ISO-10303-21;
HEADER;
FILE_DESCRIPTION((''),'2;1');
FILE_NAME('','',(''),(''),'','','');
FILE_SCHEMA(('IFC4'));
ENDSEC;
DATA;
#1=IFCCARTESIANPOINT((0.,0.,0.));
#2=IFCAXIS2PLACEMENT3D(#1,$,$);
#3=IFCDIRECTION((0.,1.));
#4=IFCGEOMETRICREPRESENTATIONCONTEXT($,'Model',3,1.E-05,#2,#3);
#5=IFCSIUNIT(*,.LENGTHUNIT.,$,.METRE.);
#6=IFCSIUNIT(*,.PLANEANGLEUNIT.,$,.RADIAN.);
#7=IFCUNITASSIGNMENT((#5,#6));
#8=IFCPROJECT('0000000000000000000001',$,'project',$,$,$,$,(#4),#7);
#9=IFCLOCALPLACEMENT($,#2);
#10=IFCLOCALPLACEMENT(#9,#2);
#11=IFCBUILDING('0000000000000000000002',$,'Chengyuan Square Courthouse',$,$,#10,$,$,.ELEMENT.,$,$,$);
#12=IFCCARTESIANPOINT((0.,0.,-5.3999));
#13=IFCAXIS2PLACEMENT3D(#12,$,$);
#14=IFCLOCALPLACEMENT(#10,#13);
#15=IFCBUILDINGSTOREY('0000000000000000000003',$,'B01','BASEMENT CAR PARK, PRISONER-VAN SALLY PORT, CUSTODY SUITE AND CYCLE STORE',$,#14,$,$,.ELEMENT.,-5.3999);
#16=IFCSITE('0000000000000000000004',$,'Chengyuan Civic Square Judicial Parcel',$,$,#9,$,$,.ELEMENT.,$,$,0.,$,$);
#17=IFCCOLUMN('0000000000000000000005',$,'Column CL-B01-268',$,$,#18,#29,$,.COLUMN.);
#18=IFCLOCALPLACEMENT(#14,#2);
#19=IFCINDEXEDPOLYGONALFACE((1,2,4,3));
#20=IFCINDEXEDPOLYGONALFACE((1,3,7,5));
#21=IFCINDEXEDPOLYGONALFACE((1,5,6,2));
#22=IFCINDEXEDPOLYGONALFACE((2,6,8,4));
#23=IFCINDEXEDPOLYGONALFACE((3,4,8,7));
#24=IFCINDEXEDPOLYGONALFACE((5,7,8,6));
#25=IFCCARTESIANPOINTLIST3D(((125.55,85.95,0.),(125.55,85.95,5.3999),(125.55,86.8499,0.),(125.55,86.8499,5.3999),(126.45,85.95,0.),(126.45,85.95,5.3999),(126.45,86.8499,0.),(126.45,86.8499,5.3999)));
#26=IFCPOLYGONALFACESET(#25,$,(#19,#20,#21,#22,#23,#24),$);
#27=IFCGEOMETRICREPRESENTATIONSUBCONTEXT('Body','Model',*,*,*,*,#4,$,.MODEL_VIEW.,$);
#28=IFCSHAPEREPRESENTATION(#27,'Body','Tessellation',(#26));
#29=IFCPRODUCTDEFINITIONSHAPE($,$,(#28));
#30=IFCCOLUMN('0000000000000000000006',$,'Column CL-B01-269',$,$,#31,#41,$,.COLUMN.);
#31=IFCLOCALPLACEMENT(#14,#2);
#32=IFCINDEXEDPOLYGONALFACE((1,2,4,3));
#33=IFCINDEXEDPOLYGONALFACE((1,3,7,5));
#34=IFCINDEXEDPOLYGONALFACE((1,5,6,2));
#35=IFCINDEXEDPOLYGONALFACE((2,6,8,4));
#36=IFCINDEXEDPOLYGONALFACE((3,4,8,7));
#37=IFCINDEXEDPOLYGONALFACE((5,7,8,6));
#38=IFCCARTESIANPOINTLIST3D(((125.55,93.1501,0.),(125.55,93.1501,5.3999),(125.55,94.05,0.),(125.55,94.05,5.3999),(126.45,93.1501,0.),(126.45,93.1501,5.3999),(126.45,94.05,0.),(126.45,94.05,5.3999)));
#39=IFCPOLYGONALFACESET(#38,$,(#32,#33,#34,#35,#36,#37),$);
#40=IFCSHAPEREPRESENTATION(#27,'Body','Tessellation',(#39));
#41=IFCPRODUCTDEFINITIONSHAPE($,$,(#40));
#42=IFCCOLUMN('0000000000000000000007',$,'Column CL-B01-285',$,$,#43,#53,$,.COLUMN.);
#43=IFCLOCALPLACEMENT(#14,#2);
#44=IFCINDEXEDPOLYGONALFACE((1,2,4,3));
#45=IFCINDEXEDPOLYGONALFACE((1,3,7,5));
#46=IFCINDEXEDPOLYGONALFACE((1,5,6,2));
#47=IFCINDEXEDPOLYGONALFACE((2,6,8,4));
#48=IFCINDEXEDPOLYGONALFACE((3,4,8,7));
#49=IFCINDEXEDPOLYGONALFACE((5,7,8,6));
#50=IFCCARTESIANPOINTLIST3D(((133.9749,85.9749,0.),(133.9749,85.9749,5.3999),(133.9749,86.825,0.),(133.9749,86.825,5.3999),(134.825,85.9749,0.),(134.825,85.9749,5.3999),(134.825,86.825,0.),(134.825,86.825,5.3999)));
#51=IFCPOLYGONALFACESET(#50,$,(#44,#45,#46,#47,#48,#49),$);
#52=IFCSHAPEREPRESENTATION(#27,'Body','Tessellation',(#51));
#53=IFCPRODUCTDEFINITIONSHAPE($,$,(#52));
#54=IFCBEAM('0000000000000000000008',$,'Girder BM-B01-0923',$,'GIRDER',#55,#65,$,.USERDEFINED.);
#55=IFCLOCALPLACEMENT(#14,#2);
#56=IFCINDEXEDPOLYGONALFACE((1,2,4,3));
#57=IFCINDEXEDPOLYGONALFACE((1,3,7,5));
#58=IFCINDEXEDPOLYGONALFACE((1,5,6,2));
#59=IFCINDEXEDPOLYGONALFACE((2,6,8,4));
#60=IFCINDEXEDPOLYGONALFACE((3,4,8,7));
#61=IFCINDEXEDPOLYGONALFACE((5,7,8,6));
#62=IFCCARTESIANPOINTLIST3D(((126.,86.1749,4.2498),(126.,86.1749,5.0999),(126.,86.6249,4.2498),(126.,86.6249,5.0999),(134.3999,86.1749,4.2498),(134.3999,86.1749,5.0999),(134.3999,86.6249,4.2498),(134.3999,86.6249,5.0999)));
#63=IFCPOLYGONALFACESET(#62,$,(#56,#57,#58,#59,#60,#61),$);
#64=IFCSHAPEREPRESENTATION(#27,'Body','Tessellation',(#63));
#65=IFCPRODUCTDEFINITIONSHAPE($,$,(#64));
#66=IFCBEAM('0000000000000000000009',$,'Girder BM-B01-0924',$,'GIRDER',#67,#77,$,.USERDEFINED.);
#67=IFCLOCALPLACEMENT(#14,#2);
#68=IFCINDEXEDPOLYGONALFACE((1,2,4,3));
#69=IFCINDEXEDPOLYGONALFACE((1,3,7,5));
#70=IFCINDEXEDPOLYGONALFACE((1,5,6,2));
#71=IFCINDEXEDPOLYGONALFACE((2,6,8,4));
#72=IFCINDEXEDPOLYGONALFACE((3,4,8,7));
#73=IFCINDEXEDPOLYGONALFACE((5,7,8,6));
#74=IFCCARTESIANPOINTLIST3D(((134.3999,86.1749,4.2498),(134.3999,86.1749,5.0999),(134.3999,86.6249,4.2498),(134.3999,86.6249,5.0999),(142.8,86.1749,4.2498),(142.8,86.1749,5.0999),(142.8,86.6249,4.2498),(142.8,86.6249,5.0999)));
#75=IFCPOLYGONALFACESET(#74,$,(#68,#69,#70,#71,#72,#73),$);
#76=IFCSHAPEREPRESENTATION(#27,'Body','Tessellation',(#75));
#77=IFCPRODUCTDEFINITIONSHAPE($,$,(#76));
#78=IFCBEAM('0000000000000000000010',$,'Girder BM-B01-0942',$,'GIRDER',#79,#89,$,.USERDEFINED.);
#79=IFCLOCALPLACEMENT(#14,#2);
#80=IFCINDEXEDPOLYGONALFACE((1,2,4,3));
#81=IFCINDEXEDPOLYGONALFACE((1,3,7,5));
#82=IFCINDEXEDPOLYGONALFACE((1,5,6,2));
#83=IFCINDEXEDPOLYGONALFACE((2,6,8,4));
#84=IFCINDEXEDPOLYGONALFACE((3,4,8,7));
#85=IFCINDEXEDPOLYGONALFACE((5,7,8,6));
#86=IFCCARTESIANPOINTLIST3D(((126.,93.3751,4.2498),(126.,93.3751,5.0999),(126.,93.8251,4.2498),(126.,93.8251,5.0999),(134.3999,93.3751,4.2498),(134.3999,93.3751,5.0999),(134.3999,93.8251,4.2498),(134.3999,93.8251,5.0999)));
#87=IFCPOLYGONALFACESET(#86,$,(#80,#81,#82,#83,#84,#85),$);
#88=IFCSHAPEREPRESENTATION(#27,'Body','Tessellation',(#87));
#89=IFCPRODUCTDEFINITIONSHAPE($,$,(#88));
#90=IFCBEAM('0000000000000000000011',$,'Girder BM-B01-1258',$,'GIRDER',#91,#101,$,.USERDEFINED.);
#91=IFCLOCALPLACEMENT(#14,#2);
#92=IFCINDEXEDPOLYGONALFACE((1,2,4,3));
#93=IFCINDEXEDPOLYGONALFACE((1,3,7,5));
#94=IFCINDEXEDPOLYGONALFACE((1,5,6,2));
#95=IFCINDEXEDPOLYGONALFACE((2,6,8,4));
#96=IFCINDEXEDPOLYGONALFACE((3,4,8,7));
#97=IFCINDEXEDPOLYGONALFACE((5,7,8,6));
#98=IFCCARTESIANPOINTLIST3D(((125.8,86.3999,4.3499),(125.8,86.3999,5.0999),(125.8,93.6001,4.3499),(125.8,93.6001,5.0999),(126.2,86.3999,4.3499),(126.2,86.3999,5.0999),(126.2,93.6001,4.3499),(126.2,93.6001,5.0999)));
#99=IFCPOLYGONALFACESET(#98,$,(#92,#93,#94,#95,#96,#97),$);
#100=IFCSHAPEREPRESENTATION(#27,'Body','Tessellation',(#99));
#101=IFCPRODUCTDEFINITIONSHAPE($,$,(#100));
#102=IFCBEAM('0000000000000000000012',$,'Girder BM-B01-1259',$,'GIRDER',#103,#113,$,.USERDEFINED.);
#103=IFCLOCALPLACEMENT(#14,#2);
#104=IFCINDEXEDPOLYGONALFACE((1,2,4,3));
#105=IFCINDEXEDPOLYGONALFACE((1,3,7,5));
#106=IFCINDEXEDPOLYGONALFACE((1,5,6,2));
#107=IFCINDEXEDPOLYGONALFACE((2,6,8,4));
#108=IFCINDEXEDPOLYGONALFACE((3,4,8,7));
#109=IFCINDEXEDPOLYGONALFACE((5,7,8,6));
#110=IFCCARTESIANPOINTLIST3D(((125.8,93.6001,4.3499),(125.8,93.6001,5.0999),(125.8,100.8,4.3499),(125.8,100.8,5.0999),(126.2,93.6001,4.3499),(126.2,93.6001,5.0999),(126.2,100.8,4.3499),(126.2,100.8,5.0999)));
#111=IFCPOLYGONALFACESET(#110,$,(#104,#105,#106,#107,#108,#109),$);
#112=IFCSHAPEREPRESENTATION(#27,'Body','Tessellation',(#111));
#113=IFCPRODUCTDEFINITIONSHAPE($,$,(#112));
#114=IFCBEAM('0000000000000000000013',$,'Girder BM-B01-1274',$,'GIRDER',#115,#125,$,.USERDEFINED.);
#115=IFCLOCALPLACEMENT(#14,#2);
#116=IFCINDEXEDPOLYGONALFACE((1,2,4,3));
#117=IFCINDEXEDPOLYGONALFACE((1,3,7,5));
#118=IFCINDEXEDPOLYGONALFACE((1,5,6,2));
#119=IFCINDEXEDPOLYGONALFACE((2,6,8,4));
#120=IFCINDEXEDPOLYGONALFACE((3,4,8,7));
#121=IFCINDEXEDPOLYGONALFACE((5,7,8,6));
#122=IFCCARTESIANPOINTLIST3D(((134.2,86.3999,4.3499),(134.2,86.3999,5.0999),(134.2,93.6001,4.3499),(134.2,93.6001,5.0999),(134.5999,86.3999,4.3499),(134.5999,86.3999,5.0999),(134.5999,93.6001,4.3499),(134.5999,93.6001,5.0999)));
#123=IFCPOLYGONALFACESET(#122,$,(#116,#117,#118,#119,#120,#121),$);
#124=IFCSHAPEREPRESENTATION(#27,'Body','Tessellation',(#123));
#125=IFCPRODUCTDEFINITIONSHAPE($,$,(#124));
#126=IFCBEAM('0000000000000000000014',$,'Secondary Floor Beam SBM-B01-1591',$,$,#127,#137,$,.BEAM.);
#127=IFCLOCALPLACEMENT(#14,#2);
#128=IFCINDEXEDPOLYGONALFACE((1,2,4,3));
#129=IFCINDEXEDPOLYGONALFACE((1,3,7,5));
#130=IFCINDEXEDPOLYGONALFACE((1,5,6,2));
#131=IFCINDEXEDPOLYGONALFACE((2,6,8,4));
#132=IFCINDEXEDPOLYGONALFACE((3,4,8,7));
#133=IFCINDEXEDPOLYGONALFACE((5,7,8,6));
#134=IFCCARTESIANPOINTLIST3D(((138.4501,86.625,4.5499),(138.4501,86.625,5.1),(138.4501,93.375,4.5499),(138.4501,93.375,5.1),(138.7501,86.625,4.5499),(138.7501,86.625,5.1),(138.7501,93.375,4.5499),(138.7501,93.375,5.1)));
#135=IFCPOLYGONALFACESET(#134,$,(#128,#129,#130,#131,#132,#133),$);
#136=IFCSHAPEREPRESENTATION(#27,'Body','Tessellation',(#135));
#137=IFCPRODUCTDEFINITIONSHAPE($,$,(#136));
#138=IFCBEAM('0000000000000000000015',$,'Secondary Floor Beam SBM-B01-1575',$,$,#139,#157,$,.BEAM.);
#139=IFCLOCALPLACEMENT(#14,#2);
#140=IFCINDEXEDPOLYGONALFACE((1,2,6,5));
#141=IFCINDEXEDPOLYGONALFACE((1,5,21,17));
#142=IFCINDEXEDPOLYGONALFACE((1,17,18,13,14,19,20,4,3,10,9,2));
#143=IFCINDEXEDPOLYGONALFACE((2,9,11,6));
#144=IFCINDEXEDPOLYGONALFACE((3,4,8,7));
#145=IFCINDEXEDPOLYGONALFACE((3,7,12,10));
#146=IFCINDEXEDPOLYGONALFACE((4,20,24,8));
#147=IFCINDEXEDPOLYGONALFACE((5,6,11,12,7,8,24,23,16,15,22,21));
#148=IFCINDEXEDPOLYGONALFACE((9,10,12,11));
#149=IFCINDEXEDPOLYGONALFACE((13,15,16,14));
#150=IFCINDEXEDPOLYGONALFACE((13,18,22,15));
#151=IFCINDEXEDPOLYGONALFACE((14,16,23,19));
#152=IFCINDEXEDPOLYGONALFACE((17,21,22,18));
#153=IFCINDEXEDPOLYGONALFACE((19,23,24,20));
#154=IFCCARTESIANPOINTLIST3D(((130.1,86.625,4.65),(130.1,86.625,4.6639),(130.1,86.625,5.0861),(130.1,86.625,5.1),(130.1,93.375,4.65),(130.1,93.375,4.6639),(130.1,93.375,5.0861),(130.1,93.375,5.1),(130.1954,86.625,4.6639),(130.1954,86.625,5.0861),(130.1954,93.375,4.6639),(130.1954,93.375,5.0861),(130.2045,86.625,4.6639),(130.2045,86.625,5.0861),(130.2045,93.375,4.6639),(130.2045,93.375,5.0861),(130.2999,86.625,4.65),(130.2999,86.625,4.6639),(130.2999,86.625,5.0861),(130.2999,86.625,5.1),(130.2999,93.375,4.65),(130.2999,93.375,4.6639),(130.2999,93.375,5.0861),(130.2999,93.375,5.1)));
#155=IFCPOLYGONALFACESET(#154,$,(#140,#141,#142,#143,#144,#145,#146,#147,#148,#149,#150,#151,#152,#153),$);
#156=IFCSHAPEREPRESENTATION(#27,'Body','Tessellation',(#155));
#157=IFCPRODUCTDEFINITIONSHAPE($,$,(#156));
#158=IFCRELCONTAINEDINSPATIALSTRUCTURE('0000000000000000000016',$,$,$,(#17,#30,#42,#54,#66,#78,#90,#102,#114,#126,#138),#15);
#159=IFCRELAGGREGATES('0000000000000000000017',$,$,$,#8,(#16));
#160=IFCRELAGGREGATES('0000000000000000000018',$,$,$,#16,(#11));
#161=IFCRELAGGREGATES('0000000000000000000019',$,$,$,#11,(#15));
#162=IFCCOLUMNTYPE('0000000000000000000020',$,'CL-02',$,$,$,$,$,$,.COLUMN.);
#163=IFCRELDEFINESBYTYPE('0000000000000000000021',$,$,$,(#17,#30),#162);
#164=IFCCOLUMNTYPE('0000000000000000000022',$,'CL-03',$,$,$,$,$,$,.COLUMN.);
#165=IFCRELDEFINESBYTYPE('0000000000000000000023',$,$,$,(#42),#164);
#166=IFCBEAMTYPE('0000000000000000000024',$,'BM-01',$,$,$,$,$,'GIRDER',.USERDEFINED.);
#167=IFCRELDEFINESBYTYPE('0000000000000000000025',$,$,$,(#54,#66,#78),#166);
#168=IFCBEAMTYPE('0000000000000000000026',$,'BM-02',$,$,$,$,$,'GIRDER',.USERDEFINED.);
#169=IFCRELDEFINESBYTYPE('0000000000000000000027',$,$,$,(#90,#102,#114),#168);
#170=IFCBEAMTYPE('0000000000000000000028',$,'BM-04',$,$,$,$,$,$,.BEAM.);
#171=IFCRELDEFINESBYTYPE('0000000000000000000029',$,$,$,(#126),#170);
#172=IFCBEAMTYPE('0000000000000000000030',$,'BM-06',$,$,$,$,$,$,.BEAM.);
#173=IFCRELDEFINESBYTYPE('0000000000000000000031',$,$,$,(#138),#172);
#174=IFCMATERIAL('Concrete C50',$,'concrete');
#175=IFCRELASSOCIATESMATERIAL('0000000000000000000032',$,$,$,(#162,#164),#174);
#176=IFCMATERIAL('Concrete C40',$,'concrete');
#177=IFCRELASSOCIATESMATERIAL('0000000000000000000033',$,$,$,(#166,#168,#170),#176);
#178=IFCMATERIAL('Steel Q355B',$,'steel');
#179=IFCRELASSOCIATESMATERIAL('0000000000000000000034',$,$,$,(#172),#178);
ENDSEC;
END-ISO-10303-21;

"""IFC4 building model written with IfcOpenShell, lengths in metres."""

from ifc_helpers import new_model, si_unit, direction, frame, origin, origin_2d, place, context, subcontext, project, spatial, rectangle, i_section, extrude, material, material_profile, profile_set, type_object, element, save


model = new_model("IFC4")

# Units and contexts
model_context = context("Model", 3, precision=1e-05, world=origin(), true_north=direction((0.0, 1.0)))
body_context = subcontext(model_context, "Body", "Model", "MODEL_VIEW")
ifc_project = project(units=[si_unit("LENGTHUNIT", "METRE"), si_unit("PLANEANGLEUNIT", "RADIAN")], contexts=[model_context])

# Site, building, storey
site_placement = place(None, origin())
site = spatial("IfcSite", under=ifc_project, at=site_placement, Name="Chengyuan Civic Square Judicial Parcel", CompositionType="ELEMENT", RefElevation=0.0)
building_placement = place(site_placement, origin())
building = spatial("IfcBuilding", under=site, at=building_placement, Name="Chengyuan Square Courthouse", CompositionType="ELEMENT")
storey_placement = place(building_placement, frame((0.0, 0.0, -5.3999)))
storey = spatial("IfcBuildingStorey", under=building, at=storey_placement, Name="B01", Description="BASEMENT CAR PARK, PRISONER-VAN SALLY PORT, CUSTODY SUITE AND CYCLE STORE", CompositionType="ELEMENT", Elevation=-5.3999)

# Columns
ifc_material_1 = material(Name="Concrete C50", Category="concrete")
ifc_material_profile_1 = material_profile(ifc_material_1, rectangle(XDim=0.8999, YDim=0.8999, at=origin_2d()), Name="RC-COL-900x900")
ifc_profile_set_1 = profile_set([ifc_material_profile_1], Name="Concrete C50")
column_type_1 = type_object("IfcColumnType", Name="CL-02", PredefinedType="COLUMN", material=ifc_profile_set_1)
for number, where, z_axis, x_axis, name in (
    (1, (126.0, 86.3999, 0.0), (0.0, 0.0, 1.0), (1.0, 0.0, 0.0), "Column CL-B01-268"),
    (2, (126.0, 93.6001, 0.0), (0.0, 0.0, 1.0), (1.0, 0.0, 0.0), "Column CL-B01-269"),
):
    element("IfcColumn", number, at=place(storey_placement, frame(where, z_axis=z_axis, x_axis=x_axis)), inside=storey, type_object=column_type_1, Name=name, PredefinedType="COLUMN", context=body_context, shape_type="SweptSolid", body=[
        extrude(rectangle(XDim=0.8999, YDim=0.8999, at=origin_2d()), origin(), (0.0, 0.0, 1.0), 5.3999),
    ])
ifc_material_profile_2 = material_profile(ifc_material_1, rectangle(XDim=0.8501, YDim=0.8501, at=origin_2d()), Name="RC-COL-850x850")
ifc_profile_set_2 = profile_set([ifc_material_profile_2], Name="Concrete C50")
column_type_2 = type_object("IfcColumnType", Name="CL-03", PredefinedType="COLUMN", material=ifc_profile_set_2)
column_placement = place(storey_placement, frame((134.3999, 86.3999, 0.0), z_axis=(0.0, 0.0, 1.0), x_axis=(1.0, 0.0, 0.0)))
element("IfcColumn", 3, at=column_placement, inside=storey, type_object=column_type_2, Name="Column CL-B01-285", PredefinedType="COLUMN", context=body_context, shape_type="SweptSolid", body=[
    extrude(rectangle(XDim=0.8501, YDim=0.8501, at=origin_2d()), origin(), (0.0, 0.0, 1.0), 5.3999),
])

# Beams
ifc_material_2 = material(Name="Concrete C40", Category="concrete")
ifc_material_profile_3 = material_profile(ifc_material_2, rectangle(XDim=0.45, YDim=0.8501, at=origin_2d()), Name="RC-BM-450x850")
ifc_profile_set_3 = profile_set([ifc_material_profile_3], Name="Concrete C40")
beam_type_1 = type_object("IfcBeamType", Name="BM-01", ElementType="GIRDER", PredefinedType="USERDEFINED", material=ifc_profile_set_3)
beam_1_placement = place(storey_placement, frame((126.0, 86.3999, 4.6748), z_axis=(1.0, 0.0, 0.0), x_axis=(0.0, 1.0, 0.0)))
element("IfcBeam", 4, at=beam_1_placement, inside=storey, type_object=beam_type_1, Name="Girder BM-B01-0923", ObjectType="GIRDER", PredefinedType="USERDEFINED", context=body_context, shape_type="SweptSolid", body=[
    extrude(rectangle(XDim=0.45, YDim=0.8501, at=origin_2d()), origin(), (0.0, 0.0, 1.0), 8.3999),
])
beam_2_placement = place(storey_placement, frame((134.3999, 86.3999, 4.6748), z_axis=(1.0, 0.0, 0.0), x_axis=(0.0, 1.0, 0.0)))
element("IfcBeam", 5, at=beam_2_placement, inside=storey, type_object=beam_type_1, Name="Girder BM-B01-0924", ObjectType="GIRDER", PredefinedType="USERDEFINED", context=body_context, shape_type="SweptSolid", body=[
    extrude(rectangle(XDim=0.45, YDim=0.8501, at=origin_2d()), origin(), (0.0, 0.0, 1.0), 8.4001),
])
beam_3_placement = place(storey_placement, frame((126.0, 93.6001, 4.6748), z_axis=(1.0, 0.0, 0.0), x_axis=(0.0, 1.0, 0.0)))
element("IfcBeam", 6, at=beam_3_placement, inside=storey, type_object=beam_type_1, Name="Girder BM-B01-0942", ObjectType="GIRDER", PredefinedType="USERDEFINED", context=body_context, shape_type="SweptSolid", body=[
    extrude(rectangle(XDim=0.45, YDim=0.8501, at=origin_2d()), origin(), (0.0, 0.0, 1.0), 8.3999),
])
ifc_material_profile_4 = material_profile(ifc_material_2, rectangle(XDim=0.3999, YDim=0.75, at=origin_2d()), Name="RC-BM-400x750")
ifc_profile_set_4 = profile_set([ifc_material_profile_4], Name="Concrete C40")
beam_type_2 = type_object("IfcBeamType", Name="BM-02", ElementType="GIRDER", PredefinedType="USERDEFINED", material=ifc_profile_set_4)
beam_4_placement = place(storey_placement, frame((126.0, 86.3999, 4.7249), z_axis=(0.0, 1.0, 0.0), x_axis=(-1.0, 0.0, 0.0)))
element("IfcBeam", 7, at=beam_4_placement, inside=storey, type_object=beam_type_2, Name="Girder BM-B01-1258", ObjectType="GIRDER", PredefinedType="USERDEFINED", context=body_context, shape_type="SweptSolid", body=[
    extrude(rectangle(XDim=0.3999, YDim=0.75, at=origin_2d()), origin(), (0.0, 0.0, 1.0), 7.2002),
])
beam_5_placement = place(storey_placement, frame((126.0, 93.6001, 4.7249), z_axis=(0.0, 1.0, 0.0), x_axis=(-1.0, 0.0, 0.0)))
element("IfcBeam", 8, at=beam_5_placement, inside=storey, type_object=beam_type_2, Name="Girder BM-B01-1259", ObjectType="GIRDER", PredefinedType="USERDEFINED", context=body_context, shape_type="SweptSolid", body=[
    extrude(rectangle(XDim=0.3999, YDim=0.75, at=origin_2d()), origin(), (0.0, 0.0, 1.0), 7.2),
])
beam_6_placement = place(storey_placement, frame((134.3999, 86.3999, 4.7249), z_axis=(0.0, 1.0, 0.0), x_axis=(-1.0, 0.0, 0.0)))
element("IfcBeam", 9, at=beam_6_placement, inside=storey, type_object=beam_type_2, Name="Girder BM-B01-1274", ObjectType="GIRDER", PredefinedType="USERDEFINED", context=body_context, shape_type="SweptSolid", body=[
    extrude(rectangle(XDim=0.3999, YDim=0.75, at=origin_2d()), origin(), (0.0, 0.0, 1.0), 7.2002),
])
ifc_material_profile_5 = material_profile(ifc_material_2, rectangle(XDim=0.3, YDim=0.55, at=origin_2d()), Name="RC-BM-300x550")
ifc_profile_set_5 = profile_set([ifc_material_profile_5], Name="Concrete C40")
beam_type_3 = type_object("IfcBeamType", Name="BM-04", PredefinedType="BEAM", material=ifc_profile_set_5)
beam_7_placement = place(storey_placement, frame((138.6001, 86.625, 4.825), z_axis=(0.0, 1.0, 0.0), x_axis=(-1.0, 0.0, 0.0)))
element("IfcBeam", 10, at=beam_7_placement, inside=storey, type_object=beam_type_3, Name="Secondary Floor Beam SBM-B01-1591", PredefinedType="BEAM", context=body_context, shape_type="SweptSolid", body=[
    extrude(rectangle(XDim=0.3, YDim=0.55, at=origin_2d()), origin(), (0.0, 0.0, 1.0), 6.75),
])
ifc_material_3 = material(Name="Steel Q355B", Category="steel")
ifc_material_profile_6 = material_profile(ifc_material_3, i_section(OverallWidth=0.2, OverallDepth=0.45, WebThickness=0.009, FlangeThickness=0.0139, at=origin_2d()), Name="HN 450x200x9x14")
ifc_profile_set_6 = profile_set([ifc_material_profile_6], Name="Steel Q355B")
beam_type_4 = type_object("IfcBeamType", Name="BM-06", PredefinedType="BEAM", material=ifc_profile_set_6)
beam_8_placement = place(storey_placement, frame((130.2, 86.625, 4.875), z_axis=(0.0, 1.0, 0.0), x_axis=(-1.0, 0.0, 0.0)))
element("IfcBeam", 11, at=beam_8_placement, inside=storey, type_object=beam_type_4, Name="Secondary Floor Beam SBM-B01-1575", PredefinedType="BEAM", context=body_context, shape_type="SweptSolid", body=[
    extrude(i_section(OverallWidth=0.2, OverallDepth=0.45, WebThickness=0.009, FlangeThickness=0.0139, at=origin_2d()), origin(), (0.0, 0.0, 1.0), 6.75),
])

save(model, "model.ifc")
